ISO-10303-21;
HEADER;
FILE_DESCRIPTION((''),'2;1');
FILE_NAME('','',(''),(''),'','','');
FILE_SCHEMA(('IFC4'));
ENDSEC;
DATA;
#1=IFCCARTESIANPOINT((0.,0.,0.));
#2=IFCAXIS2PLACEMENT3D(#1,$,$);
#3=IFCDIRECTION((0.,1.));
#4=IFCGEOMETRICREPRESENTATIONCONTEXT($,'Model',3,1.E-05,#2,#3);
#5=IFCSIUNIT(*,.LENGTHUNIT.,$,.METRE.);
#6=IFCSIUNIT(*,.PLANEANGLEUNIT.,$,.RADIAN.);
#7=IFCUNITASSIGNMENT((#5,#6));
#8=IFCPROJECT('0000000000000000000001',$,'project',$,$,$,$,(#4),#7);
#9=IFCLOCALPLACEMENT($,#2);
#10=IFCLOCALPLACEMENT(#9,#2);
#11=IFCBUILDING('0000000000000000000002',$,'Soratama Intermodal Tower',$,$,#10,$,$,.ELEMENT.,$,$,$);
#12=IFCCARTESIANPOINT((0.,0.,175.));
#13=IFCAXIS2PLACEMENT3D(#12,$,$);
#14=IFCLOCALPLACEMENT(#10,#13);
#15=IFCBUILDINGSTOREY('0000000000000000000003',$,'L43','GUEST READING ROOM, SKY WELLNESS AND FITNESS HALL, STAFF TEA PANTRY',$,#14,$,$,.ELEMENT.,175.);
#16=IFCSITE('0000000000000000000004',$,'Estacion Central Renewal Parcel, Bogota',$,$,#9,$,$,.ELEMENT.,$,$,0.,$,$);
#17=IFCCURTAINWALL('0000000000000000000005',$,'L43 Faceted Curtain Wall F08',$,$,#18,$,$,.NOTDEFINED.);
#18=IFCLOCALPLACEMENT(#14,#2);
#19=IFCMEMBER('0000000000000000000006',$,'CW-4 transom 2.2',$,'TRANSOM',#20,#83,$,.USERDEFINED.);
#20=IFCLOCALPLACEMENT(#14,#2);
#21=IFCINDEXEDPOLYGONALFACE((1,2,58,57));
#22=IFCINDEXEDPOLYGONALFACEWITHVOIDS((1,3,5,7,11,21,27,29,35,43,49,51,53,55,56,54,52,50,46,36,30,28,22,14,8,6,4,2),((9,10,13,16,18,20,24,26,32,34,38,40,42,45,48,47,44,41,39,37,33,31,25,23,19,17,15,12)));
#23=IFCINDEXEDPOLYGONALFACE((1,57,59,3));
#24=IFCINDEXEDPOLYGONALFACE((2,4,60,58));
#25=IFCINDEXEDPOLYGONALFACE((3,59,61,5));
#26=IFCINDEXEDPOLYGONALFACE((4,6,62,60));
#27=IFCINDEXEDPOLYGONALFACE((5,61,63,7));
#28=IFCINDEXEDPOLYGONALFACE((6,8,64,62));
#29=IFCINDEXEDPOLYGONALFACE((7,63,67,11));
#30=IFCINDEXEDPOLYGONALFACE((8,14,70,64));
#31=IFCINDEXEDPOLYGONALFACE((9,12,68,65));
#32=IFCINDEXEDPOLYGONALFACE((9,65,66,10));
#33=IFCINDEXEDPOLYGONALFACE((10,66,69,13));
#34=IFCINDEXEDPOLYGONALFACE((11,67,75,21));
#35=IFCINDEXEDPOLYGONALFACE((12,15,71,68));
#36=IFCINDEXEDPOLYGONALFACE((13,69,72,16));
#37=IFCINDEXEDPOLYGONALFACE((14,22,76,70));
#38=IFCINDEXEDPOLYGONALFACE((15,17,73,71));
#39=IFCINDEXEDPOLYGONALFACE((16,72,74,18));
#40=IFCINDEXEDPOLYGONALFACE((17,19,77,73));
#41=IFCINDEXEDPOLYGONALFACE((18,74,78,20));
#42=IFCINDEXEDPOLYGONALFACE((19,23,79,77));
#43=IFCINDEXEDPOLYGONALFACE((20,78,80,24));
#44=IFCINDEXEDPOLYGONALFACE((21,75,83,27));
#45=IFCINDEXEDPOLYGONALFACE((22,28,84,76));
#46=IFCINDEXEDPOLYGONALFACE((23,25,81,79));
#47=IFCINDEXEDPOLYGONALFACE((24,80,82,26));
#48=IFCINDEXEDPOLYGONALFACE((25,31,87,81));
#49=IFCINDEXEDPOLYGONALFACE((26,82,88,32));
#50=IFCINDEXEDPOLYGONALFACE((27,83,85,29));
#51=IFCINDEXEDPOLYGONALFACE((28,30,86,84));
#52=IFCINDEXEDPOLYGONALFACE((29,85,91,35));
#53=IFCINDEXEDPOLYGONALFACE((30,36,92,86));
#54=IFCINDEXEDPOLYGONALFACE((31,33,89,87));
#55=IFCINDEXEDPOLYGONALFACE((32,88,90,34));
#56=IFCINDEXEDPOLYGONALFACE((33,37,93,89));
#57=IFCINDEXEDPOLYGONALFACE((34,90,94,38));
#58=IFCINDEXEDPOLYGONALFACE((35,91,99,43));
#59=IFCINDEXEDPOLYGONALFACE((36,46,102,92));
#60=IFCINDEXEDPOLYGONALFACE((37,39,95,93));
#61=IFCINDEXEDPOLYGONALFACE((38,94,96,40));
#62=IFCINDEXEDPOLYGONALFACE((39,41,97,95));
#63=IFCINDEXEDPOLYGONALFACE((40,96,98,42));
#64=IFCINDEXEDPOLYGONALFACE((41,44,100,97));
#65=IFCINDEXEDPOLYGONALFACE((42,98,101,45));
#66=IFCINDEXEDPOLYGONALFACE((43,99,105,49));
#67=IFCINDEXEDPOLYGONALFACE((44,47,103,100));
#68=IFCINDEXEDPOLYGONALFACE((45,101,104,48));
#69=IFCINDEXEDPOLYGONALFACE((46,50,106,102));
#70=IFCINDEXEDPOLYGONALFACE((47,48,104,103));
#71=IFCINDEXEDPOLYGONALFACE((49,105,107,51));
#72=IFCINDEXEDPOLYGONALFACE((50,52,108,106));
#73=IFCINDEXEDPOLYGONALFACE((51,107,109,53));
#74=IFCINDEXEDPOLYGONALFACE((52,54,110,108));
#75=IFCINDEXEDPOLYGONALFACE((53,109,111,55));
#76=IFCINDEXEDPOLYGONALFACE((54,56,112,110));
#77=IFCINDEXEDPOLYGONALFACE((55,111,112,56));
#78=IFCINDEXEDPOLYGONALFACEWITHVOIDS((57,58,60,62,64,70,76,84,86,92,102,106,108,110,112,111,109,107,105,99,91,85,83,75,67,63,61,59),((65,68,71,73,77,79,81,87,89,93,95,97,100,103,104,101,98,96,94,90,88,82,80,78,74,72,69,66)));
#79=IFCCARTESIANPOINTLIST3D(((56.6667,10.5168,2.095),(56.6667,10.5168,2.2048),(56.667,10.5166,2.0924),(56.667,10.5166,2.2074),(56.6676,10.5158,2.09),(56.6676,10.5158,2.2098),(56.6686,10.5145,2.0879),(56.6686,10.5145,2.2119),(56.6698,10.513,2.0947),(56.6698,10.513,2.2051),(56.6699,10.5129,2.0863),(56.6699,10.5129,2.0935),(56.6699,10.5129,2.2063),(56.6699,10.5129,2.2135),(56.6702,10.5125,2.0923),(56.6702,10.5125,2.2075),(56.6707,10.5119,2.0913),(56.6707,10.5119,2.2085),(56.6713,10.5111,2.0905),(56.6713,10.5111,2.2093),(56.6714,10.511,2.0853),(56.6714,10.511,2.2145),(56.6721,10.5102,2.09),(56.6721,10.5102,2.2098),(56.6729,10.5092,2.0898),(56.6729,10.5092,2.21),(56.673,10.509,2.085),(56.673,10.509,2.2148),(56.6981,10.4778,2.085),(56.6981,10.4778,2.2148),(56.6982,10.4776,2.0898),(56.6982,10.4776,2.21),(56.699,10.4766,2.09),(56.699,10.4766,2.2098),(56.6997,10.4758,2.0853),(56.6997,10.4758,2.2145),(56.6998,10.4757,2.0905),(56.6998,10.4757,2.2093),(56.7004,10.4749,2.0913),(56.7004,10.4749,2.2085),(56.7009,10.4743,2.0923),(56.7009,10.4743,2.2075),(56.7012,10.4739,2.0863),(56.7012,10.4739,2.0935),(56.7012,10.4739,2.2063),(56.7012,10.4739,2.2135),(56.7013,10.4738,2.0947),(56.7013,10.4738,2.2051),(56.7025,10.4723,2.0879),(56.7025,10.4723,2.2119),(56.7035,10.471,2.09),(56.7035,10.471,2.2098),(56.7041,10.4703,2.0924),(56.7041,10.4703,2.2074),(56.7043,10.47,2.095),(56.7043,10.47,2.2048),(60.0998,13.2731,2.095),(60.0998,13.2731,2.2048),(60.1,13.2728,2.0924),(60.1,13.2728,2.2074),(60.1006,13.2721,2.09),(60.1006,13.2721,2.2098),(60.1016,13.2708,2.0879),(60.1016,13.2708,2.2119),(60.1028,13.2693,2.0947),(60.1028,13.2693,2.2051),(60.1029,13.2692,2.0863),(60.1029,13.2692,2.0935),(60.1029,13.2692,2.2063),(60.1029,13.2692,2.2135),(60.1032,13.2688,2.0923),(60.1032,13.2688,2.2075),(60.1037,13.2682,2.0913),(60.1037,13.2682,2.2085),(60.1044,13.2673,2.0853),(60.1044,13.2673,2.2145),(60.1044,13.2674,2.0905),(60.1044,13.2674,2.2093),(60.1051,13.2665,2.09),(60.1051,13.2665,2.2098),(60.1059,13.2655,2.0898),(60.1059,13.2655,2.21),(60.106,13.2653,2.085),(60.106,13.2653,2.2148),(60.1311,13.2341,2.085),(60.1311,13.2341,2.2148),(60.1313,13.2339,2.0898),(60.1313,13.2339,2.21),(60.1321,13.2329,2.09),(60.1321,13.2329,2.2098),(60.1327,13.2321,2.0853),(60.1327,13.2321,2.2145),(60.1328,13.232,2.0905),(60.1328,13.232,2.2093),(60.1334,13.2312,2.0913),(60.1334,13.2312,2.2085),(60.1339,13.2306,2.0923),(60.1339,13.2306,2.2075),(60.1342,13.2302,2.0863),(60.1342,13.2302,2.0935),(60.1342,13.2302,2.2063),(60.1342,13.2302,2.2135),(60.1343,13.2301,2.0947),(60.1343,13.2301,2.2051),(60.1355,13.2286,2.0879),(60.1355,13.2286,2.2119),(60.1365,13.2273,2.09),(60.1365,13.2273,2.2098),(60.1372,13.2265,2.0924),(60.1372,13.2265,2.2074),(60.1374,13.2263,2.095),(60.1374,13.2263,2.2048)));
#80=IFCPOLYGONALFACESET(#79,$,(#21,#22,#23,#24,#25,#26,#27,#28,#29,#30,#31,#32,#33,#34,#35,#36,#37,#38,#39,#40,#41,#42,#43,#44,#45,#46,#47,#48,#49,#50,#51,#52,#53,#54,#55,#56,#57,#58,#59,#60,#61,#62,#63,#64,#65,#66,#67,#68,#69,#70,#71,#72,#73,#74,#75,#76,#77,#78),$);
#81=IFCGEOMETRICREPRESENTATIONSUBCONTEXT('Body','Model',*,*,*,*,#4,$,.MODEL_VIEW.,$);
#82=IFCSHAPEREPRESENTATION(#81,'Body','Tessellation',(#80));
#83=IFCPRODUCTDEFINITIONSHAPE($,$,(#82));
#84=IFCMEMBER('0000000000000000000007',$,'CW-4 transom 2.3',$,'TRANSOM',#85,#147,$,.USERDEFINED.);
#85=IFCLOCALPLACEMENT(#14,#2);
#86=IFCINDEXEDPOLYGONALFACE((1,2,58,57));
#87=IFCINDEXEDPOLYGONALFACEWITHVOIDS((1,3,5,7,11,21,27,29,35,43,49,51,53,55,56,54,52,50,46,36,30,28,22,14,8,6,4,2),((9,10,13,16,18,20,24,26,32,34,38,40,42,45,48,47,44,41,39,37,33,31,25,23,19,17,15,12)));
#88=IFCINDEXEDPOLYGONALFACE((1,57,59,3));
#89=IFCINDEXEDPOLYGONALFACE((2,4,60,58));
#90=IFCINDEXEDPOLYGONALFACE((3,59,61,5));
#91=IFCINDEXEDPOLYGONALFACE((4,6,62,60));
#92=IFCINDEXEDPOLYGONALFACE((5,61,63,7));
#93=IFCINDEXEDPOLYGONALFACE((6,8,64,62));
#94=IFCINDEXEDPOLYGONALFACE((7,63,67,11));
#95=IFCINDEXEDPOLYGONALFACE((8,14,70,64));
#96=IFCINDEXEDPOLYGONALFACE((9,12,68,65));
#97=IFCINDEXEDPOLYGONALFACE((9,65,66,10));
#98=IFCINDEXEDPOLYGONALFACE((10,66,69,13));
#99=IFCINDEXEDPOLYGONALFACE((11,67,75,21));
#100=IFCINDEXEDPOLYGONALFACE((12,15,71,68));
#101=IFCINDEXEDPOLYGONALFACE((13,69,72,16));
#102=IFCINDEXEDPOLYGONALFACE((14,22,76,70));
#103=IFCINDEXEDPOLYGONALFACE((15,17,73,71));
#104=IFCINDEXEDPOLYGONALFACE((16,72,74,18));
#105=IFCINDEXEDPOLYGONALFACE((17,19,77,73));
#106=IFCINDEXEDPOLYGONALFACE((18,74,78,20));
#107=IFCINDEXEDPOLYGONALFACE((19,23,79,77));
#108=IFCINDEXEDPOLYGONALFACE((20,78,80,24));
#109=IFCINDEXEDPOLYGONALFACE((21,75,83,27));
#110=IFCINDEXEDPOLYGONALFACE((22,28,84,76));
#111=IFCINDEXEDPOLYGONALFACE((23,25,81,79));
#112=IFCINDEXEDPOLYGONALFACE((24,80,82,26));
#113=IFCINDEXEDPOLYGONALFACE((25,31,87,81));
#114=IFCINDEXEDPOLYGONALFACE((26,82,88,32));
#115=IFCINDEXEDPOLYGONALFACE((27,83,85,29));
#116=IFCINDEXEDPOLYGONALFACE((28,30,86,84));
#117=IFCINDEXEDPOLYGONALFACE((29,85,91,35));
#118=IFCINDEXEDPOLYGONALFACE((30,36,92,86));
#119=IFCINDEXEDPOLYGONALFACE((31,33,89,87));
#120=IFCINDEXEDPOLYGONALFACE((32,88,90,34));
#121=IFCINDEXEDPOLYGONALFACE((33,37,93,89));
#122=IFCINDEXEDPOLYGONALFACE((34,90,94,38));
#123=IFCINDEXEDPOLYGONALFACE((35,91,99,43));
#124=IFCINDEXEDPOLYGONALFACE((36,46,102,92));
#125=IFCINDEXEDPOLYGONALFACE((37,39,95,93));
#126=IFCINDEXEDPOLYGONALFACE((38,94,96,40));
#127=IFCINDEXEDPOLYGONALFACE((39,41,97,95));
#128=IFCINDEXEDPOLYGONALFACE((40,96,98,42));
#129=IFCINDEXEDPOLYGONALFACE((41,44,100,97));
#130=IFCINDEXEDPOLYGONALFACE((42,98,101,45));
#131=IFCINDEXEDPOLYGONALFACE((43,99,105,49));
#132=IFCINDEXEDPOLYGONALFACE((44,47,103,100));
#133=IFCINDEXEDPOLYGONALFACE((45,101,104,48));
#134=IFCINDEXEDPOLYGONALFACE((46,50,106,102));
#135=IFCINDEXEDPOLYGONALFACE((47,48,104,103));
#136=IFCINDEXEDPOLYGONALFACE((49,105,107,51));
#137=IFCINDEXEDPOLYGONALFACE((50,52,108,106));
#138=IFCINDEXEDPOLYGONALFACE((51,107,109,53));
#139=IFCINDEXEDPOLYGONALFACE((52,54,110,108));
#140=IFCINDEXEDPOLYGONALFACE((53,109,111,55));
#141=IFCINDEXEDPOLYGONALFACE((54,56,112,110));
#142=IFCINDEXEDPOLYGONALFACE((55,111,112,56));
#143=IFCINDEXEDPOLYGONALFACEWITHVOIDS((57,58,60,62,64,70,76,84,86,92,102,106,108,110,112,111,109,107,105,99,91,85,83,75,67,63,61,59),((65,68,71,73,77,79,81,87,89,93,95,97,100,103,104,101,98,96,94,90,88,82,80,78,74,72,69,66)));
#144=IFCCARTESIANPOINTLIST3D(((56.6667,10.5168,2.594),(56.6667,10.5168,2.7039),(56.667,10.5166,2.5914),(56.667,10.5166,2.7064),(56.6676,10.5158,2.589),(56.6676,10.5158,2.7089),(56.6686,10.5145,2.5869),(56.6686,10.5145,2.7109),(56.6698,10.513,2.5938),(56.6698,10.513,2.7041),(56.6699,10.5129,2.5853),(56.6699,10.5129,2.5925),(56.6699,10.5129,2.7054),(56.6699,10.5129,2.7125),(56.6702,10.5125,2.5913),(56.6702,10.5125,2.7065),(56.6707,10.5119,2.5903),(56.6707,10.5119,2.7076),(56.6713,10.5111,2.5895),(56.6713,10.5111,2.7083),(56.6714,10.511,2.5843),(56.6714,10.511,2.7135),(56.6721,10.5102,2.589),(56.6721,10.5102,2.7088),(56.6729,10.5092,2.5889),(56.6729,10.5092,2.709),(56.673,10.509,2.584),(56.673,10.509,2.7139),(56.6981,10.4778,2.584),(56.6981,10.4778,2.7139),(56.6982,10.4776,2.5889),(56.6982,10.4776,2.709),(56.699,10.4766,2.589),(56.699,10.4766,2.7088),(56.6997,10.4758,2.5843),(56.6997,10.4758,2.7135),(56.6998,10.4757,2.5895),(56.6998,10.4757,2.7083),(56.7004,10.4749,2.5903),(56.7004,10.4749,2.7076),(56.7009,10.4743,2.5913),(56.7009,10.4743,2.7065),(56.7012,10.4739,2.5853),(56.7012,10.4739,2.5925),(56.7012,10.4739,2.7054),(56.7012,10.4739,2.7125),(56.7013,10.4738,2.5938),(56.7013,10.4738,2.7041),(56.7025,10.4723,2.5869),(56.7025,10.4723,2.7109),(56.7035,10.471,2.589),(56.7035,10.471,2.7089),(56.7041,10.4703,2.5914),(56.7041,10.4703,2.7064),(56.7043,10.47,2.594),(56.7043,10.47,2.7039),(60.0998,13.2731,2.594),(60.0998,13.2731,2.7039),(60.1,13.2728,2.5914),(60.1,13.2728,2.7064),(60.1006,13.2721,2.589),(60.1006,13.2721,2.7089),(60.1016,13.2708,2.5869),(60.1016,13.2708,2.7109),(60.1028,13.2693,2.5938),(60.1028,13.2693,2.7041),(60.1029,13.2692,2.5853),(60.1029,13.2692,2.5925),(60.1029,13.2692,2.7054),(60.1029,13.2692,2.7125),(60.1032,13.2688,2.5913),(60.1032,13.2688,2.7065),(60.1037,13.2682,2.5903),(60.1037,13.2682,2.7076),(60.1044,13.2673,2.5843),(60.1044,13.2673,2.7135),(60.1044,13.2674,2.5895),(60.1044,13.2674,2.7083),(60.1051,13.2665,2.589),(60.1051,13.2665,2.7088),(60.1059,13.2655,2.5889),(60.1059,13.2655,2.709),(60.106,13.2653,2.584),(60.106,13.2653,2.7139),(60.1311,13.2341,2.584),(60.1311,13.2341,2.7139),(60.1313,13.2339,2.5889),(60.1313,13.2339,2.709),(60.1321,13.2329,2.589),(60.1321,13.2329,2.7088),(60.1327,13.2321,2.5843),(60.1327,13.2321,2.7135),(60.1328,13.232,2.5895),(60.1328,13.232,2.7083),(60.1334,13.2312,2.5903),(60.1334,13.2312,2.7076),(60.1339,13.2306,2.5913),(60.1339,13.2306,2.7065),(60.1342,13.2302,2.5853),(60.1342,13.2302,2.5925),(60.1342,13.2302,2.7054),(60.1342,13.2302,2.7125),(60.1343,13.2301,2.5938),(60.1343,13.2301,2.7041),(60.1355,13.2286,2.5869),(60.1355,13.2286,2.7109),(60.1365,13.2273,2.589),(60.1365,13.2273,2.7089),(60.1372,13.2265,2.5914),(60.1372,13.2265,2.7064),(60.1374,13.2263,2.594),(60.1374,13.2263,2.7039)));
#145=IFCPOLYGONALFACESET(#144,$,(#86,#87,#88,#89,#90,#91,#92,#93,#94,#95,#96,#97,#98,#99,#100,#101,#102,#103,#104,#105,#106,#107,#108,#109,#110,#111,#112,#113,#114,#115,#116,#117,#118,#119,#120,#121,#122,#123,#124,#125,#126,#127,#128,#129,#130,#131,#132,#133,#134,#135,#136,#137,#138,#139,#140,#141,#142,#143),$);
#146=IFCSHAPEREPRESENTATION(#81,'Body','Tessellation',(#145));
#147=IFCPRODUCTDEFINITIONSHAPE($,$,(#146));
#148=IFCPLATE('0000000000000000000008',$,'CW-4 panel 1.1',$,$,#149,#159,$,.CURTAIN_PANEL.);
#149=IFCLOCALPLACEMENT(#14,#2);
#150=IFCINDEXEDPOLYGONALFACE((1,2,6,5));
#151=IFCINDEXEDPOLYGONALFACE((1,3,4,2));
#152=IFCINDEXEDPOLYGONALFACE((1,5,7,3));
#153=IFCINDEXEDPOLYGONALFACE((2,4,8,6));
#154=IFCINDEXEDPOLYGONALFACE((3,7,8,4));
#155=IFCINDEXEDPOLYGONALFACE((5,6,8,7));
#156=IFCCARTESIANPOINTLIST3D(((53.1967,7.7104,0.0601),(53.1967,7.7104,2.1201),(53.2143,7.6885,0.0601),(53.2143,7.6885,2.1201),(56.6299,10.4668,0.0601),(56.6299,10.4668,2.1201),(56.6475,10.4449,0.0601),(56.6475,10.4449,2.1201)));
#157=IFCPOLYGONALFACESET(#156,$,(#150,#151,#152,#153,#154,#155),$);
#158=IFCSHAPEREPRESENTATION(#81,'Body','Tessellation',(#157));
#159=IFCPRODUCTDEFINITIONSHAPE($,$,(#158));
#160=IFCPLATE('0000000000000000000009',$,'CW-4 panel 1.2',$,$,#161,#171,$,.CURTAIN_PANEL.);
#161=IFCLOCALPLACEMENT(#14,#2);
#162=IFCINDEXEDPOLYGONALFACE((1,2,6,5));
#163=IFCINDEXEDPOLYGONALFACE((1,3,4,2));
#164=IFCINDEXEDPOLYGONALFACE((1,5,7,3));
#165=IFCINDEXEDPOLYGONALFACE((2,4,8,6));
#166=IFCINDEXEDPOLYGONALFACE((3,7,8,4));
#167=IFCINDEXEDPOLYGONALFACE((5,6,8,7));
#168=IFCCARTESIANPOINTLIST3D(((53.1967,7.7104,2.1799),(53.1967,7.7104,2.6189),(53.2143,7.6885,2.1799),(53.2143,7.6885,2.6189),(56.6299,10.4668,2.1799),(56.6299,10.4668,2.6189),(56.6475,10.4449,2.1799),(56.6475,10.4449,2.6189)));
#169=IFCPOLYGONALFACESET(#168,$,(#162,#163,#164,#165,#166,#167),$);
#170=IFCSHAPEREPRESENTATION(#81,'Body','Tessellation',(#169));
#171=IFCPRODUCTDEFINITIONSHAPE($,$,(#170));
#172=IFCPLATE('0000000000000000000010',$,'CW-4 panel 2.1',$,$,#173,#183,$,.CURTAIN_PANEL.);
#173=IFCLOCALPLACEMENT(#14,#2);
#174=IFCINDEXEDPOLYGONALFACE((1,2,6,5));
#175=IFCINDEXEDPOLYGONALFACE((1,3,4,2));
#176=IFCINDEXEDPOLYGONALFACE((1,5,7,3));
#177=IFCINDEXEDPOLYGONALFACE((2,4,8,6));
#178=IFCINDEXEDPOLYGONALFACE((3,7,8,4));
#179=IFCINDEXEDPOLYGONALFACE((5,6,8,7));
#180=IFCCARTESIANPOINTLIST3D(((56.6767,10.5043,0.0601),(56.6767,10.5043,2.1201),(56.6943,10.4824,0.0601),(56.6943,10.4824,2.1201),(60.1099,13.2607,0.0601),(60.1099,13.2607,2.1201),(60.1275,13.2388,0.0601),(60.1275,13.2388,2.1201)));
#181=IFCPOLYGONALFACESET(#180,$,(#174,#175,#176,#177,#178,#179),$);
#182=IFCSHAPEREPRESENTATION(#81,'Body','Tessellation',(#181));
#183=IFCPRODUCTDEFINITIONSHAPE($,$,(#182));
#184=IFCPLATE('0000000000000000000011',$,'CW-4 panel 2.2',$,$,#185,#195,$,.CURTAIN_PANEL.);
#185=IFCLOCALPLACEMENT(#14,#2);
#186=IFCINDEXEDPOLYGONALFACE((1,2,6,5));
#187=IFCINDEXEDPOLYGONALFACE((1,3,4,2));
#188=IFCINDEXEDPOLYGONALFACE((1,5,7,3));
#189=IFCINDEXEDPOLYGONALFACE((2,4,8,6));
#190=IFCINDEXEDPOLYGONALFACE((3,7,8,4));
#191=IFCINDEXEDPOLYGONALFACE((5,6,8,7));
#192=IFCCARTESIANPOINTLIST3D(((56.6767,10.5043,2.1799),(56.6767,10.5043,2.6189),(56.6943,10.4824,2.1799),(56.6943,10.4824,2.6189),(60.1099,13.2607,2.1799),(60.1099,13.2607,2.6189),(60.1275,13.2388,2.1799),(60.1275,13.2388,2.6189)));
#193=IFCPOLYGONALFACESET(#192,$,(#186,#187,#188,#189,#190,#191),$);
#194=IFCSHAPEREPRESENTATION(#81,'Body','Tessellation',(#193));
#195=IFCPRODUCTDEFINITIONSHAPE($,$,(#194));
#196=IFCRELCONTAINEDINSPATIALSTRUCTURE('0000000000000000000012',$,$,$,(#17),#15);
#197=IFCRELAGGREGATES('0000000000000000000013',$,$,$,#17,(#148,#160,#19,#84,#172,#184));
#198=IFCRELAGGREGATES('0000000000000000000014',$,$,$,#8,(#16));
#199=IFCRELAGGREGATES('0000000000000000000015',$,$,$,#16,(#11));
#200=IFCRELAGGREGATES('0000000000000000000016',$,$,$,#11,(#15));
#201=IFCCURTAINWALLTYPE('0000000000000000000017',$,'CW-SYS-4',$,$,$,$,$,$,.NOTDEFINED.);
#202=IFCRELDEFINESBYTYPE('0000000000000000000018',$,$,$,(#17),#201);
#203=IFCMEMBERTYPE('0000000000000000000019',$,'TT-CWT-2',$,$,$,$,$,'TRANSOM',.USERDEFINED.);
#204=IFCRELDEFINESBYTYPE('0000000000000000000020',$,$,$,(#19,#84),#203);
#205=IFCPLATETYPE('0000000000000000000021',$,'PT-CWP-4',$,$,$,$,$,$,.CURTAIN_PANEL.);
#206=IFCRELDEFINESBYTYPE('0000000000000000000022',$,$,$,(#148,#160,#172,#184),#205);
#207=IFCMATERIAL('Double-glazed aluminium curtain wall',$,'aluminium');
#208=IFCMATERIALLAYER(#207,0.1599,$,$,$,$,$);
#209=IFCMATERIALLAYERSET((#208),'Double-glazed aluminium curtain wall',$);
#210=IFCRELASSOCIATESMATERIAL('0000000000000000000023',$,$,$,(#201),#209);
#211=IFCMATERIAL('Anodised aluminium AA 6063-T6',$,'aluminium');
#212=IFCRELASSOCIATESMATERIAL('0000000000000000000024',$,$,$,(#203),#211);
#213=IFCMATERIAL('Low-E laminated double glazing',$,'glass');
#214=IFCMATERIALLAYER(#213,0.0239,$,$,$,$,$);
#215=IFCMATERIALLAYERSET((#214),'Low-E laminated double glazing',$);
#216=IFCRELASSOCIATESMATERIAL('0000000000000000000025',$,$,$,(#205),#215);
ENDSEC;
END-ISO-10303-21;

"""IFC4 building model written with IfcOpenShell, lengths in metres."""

from ifc_helpers import new_model, si_unit, direction, frame, origin, origin_2d, place, context, subcontext, project, spatial, rectangle, hollow_rectangle, extrude, material, layer, layer_set, material_profile, profile_set, type_object, element, aggregate, save


model = new_model("IFC4")

# Units and contexts
model_context = context("Model", 3, precision=1e-05, world=origin(), true_north=direction((0.0, 1.0)))
body_context = subcontext(model_context, "Body", "Model", "MODEL_VIEW")
ifc_project = project(units=[si_unit("LENGTHUNIT", "METRE"), si_unit("PLANEANGLEUNIT", "RADIAN")], contexts=[model_context])

# Site, building, storey
site_placement = place(None, origin())
site = spatial("IfcSite", under=ifc_project, at=site_placement, Name="Estacion Central Renewal Parcel, Bogota", CompositionType="ELEMENT", RefElevation=0.0)
building_placement = place(site_placement, origin())
building = spatial("IfcBuilding", under=site, at=building_placement, Name="Soratama Intermodal Tower", CompositionType="ELEMENT")
storey_placement = place(building_placement, frame((0.0, 0.0, 175.0)))
storey = spatial("IfcBuildingStorey", under=building, at=storey_placement, Name="L43", Description="GUEST READING ROOM, SKY WELLNESS AND FITNESS HALL, STAFF TEA PANTRY", CompositionType="ELEMENT", Elevation=175.0)

# Curtain wall, members, plates
ifc_material_1 = material(Name="Double-glazed aluminium curtain wall", Category="aluminium")
ifc_layer_1 = layer(ifc_material_1, 0.1599)
ifc_layer_set_1 = layer_set([ifc_layer_1], Name="Double-glazed aluminium curtain wall")
curtain_wall_type = type_object("IfcCurtainWallType", Name="CW-SYS-4", PredefinedType="NOTDEFINED", material=ifc_layer_set_1)
curtain_wall_placement = place(storey_placement, origin())
curtain_wall = element("IfcCurtainWall", 1, at=curtain_wall_placement, inside=storey, type_object=curtain_wall_type, Name="L43 Faceted Curtain Wall F08", PredefinedType="NOTDEFINED")
ifc_material_2 = material(Name="Anodised aluminium AA 6063-T6", Category="aluminium")
ifc_material_profile_1 = material_profile(ifc_material_2, hollow_rectangle(XDim=0.0601, YDim=0.1299, WallThickness=0.0049, InnerFilletRadius=0.0049, OuterFilletRadius=0.01, at=origin_2d()), Name="CWT130X60X5")
ifc_profile_set_1 = profile_set([ifc_material_profile_1], Name="Anodised aluminium AA 6063-T6")
member_type_1 = type_object("IfcMemberType", Name="TT-CWT-2", ElementType="TRANSOM", PredefinedType="USERDEFINED", material=ifc_profile_set_1)
member_1_placement = place(storey_placement, frame((56.6855, 10.4934, 2.1499), z_axis=(0.779775, 0.62606, 0.0), x_axis=(-0.62606, 0.779775, 0.0)))
member_1 = element("IfcMember", 2, at=member_1_placement, type_object=member_type_1, Name="CW-4 transom 2.2", ObjectType="TRANSOM", PredefinedType="USERDEFINED", context=body_context, shape_type="SweptSolid", body=[
    extrude(hollow_rectangle(XDim=0.0601, YDim=0.1299, WallThickness=0.0049, InnerFilletRadius=0.0049, OuterFilletRadius=0.01, at=origin_2d()), origin(), (0.0, 0.0, 1.0), 4.4026),
])
member_2_placement = place(storey_placement, frame((56.6855, 10.4934, 2.6489), z_axis=(0.779775, 0.62606, 0.0), x_axis=(-0.62606, 0.779775, 0.0)))
member_2 = element("IfcMember", 3, at=member_2_placement, type_object=member_type_1, Name="CW-4 transom 2.3", ObjectType="TRANSOM", PredefinedType="USERDEFINED", context=body_context, shape_type="SweptSolid", body=[
    extrude(hollow_rectangle(XDim=0.0601, YDim=0.1299, WallThickness=0.0049, InnerFilletRadius=0.0049, OuterFilletRadius=0.01, at=origin_2d()), origin(), (0.0, 0.0, 1.0), 4.4026),
])
ifc_material_3 = material(Name="Low-E laminated double glazing", Category="glass")
ifc_layer_2 = layer(ifc_material_3, 0.0239)
ifc_layer_set_2 = layer_set([ifc_layer_2], Name="Low-E laminated double glazing")
plate_type = type_object("IfcPlateType", Name="PT-CWP-4", PredefinedType="CURTAIN_PANEL", material=ifc_layer_set_2)
plate_1_placement = place(storey_placement, frame((54.9221, 9.0776, 0.0601), z_axis=(0.0, 0.0, 1.0), x_axis=(0.779778, 0.626057, 0.0)))
plate_1 = element("IfcPlate", 4, at=plate_1_placement, type_object=plate_type, Name="CW-4 panel 1.1", PredefinedType="CURTAIN_PANEL", context=body_context, shape_type="SweptSolid", body=[
    extrude(rectangle(XDim=4.4028, YDim=0.0281, at=origin_2d()), origin(), (0.0, 0.0, 1.0), 2.0601),
])
plate_2_placement = place(storey_placement, frame((54.9221, 9.0776, 2.1799), z_axis=(0.0, 0.0, 1.0), x_axis=(0.779778, 0.626057, 0.0)))
plate_2 = element("IfcPlate", 5, at=plate_2_placement, type_object=plate_type, Name="CW-4 panel 1.2", PredefinedType="CURTAIN_PANEL", context=body_context, shape_type="SweptSolid", body=[
    extrude(rectangle(XDim=4.4028, YDim=0.0281, at=origin_2d()), origin(), (0.0, 0.0, 1.0), 0.439),
])
plate_3_placement = place(storey_placement, frame((58.4021, 11.8716, 0.0601), z_axis=(0.0, 0.0, 1.0), x_axis=(0.779778, 0.626057, 0.0)))
plate_3 = element("IfcPlate", 6, at=plate_3_placement, type_object=plate_type, Name="CW-4 panel 2.1", PredefinedType="CURTAIN_PANEL", context=body_context, shape_type="SweptSolid", body=[
    extrude(rectangle(XDim=4.4028, YDim=0.0281, at=origin_2d()), origin(), (0.0, 0.0, 1.0), 2.0601),
])
plate_4_placement = place(storey_placement, frame((58.4021, 11.8716, 2.1799), z_axis=(0.0, 0.0, 1.0), x_axis=(0.779778, 0.626057, 0.0)))
plate_4 = element("IfcPlate", 7, at=plate_4_placement, type_object=plate_type, Name="CW-4 panel 2.2", PredefinedType="CURTAIN_PANEL", context=body_context, shape_type="SweptSolid", body=[
    extrude(rectangle(XDim=4.4028, YDim=0.0281, at=origin_2d()), origin(), (0.0, 0.0, 1.0), 0.439),
])
aggregate(curtain_wall, [plate_1, plate_2, member_1, member_2, plate_3, plate_4])

save(model, "model.ifc")
